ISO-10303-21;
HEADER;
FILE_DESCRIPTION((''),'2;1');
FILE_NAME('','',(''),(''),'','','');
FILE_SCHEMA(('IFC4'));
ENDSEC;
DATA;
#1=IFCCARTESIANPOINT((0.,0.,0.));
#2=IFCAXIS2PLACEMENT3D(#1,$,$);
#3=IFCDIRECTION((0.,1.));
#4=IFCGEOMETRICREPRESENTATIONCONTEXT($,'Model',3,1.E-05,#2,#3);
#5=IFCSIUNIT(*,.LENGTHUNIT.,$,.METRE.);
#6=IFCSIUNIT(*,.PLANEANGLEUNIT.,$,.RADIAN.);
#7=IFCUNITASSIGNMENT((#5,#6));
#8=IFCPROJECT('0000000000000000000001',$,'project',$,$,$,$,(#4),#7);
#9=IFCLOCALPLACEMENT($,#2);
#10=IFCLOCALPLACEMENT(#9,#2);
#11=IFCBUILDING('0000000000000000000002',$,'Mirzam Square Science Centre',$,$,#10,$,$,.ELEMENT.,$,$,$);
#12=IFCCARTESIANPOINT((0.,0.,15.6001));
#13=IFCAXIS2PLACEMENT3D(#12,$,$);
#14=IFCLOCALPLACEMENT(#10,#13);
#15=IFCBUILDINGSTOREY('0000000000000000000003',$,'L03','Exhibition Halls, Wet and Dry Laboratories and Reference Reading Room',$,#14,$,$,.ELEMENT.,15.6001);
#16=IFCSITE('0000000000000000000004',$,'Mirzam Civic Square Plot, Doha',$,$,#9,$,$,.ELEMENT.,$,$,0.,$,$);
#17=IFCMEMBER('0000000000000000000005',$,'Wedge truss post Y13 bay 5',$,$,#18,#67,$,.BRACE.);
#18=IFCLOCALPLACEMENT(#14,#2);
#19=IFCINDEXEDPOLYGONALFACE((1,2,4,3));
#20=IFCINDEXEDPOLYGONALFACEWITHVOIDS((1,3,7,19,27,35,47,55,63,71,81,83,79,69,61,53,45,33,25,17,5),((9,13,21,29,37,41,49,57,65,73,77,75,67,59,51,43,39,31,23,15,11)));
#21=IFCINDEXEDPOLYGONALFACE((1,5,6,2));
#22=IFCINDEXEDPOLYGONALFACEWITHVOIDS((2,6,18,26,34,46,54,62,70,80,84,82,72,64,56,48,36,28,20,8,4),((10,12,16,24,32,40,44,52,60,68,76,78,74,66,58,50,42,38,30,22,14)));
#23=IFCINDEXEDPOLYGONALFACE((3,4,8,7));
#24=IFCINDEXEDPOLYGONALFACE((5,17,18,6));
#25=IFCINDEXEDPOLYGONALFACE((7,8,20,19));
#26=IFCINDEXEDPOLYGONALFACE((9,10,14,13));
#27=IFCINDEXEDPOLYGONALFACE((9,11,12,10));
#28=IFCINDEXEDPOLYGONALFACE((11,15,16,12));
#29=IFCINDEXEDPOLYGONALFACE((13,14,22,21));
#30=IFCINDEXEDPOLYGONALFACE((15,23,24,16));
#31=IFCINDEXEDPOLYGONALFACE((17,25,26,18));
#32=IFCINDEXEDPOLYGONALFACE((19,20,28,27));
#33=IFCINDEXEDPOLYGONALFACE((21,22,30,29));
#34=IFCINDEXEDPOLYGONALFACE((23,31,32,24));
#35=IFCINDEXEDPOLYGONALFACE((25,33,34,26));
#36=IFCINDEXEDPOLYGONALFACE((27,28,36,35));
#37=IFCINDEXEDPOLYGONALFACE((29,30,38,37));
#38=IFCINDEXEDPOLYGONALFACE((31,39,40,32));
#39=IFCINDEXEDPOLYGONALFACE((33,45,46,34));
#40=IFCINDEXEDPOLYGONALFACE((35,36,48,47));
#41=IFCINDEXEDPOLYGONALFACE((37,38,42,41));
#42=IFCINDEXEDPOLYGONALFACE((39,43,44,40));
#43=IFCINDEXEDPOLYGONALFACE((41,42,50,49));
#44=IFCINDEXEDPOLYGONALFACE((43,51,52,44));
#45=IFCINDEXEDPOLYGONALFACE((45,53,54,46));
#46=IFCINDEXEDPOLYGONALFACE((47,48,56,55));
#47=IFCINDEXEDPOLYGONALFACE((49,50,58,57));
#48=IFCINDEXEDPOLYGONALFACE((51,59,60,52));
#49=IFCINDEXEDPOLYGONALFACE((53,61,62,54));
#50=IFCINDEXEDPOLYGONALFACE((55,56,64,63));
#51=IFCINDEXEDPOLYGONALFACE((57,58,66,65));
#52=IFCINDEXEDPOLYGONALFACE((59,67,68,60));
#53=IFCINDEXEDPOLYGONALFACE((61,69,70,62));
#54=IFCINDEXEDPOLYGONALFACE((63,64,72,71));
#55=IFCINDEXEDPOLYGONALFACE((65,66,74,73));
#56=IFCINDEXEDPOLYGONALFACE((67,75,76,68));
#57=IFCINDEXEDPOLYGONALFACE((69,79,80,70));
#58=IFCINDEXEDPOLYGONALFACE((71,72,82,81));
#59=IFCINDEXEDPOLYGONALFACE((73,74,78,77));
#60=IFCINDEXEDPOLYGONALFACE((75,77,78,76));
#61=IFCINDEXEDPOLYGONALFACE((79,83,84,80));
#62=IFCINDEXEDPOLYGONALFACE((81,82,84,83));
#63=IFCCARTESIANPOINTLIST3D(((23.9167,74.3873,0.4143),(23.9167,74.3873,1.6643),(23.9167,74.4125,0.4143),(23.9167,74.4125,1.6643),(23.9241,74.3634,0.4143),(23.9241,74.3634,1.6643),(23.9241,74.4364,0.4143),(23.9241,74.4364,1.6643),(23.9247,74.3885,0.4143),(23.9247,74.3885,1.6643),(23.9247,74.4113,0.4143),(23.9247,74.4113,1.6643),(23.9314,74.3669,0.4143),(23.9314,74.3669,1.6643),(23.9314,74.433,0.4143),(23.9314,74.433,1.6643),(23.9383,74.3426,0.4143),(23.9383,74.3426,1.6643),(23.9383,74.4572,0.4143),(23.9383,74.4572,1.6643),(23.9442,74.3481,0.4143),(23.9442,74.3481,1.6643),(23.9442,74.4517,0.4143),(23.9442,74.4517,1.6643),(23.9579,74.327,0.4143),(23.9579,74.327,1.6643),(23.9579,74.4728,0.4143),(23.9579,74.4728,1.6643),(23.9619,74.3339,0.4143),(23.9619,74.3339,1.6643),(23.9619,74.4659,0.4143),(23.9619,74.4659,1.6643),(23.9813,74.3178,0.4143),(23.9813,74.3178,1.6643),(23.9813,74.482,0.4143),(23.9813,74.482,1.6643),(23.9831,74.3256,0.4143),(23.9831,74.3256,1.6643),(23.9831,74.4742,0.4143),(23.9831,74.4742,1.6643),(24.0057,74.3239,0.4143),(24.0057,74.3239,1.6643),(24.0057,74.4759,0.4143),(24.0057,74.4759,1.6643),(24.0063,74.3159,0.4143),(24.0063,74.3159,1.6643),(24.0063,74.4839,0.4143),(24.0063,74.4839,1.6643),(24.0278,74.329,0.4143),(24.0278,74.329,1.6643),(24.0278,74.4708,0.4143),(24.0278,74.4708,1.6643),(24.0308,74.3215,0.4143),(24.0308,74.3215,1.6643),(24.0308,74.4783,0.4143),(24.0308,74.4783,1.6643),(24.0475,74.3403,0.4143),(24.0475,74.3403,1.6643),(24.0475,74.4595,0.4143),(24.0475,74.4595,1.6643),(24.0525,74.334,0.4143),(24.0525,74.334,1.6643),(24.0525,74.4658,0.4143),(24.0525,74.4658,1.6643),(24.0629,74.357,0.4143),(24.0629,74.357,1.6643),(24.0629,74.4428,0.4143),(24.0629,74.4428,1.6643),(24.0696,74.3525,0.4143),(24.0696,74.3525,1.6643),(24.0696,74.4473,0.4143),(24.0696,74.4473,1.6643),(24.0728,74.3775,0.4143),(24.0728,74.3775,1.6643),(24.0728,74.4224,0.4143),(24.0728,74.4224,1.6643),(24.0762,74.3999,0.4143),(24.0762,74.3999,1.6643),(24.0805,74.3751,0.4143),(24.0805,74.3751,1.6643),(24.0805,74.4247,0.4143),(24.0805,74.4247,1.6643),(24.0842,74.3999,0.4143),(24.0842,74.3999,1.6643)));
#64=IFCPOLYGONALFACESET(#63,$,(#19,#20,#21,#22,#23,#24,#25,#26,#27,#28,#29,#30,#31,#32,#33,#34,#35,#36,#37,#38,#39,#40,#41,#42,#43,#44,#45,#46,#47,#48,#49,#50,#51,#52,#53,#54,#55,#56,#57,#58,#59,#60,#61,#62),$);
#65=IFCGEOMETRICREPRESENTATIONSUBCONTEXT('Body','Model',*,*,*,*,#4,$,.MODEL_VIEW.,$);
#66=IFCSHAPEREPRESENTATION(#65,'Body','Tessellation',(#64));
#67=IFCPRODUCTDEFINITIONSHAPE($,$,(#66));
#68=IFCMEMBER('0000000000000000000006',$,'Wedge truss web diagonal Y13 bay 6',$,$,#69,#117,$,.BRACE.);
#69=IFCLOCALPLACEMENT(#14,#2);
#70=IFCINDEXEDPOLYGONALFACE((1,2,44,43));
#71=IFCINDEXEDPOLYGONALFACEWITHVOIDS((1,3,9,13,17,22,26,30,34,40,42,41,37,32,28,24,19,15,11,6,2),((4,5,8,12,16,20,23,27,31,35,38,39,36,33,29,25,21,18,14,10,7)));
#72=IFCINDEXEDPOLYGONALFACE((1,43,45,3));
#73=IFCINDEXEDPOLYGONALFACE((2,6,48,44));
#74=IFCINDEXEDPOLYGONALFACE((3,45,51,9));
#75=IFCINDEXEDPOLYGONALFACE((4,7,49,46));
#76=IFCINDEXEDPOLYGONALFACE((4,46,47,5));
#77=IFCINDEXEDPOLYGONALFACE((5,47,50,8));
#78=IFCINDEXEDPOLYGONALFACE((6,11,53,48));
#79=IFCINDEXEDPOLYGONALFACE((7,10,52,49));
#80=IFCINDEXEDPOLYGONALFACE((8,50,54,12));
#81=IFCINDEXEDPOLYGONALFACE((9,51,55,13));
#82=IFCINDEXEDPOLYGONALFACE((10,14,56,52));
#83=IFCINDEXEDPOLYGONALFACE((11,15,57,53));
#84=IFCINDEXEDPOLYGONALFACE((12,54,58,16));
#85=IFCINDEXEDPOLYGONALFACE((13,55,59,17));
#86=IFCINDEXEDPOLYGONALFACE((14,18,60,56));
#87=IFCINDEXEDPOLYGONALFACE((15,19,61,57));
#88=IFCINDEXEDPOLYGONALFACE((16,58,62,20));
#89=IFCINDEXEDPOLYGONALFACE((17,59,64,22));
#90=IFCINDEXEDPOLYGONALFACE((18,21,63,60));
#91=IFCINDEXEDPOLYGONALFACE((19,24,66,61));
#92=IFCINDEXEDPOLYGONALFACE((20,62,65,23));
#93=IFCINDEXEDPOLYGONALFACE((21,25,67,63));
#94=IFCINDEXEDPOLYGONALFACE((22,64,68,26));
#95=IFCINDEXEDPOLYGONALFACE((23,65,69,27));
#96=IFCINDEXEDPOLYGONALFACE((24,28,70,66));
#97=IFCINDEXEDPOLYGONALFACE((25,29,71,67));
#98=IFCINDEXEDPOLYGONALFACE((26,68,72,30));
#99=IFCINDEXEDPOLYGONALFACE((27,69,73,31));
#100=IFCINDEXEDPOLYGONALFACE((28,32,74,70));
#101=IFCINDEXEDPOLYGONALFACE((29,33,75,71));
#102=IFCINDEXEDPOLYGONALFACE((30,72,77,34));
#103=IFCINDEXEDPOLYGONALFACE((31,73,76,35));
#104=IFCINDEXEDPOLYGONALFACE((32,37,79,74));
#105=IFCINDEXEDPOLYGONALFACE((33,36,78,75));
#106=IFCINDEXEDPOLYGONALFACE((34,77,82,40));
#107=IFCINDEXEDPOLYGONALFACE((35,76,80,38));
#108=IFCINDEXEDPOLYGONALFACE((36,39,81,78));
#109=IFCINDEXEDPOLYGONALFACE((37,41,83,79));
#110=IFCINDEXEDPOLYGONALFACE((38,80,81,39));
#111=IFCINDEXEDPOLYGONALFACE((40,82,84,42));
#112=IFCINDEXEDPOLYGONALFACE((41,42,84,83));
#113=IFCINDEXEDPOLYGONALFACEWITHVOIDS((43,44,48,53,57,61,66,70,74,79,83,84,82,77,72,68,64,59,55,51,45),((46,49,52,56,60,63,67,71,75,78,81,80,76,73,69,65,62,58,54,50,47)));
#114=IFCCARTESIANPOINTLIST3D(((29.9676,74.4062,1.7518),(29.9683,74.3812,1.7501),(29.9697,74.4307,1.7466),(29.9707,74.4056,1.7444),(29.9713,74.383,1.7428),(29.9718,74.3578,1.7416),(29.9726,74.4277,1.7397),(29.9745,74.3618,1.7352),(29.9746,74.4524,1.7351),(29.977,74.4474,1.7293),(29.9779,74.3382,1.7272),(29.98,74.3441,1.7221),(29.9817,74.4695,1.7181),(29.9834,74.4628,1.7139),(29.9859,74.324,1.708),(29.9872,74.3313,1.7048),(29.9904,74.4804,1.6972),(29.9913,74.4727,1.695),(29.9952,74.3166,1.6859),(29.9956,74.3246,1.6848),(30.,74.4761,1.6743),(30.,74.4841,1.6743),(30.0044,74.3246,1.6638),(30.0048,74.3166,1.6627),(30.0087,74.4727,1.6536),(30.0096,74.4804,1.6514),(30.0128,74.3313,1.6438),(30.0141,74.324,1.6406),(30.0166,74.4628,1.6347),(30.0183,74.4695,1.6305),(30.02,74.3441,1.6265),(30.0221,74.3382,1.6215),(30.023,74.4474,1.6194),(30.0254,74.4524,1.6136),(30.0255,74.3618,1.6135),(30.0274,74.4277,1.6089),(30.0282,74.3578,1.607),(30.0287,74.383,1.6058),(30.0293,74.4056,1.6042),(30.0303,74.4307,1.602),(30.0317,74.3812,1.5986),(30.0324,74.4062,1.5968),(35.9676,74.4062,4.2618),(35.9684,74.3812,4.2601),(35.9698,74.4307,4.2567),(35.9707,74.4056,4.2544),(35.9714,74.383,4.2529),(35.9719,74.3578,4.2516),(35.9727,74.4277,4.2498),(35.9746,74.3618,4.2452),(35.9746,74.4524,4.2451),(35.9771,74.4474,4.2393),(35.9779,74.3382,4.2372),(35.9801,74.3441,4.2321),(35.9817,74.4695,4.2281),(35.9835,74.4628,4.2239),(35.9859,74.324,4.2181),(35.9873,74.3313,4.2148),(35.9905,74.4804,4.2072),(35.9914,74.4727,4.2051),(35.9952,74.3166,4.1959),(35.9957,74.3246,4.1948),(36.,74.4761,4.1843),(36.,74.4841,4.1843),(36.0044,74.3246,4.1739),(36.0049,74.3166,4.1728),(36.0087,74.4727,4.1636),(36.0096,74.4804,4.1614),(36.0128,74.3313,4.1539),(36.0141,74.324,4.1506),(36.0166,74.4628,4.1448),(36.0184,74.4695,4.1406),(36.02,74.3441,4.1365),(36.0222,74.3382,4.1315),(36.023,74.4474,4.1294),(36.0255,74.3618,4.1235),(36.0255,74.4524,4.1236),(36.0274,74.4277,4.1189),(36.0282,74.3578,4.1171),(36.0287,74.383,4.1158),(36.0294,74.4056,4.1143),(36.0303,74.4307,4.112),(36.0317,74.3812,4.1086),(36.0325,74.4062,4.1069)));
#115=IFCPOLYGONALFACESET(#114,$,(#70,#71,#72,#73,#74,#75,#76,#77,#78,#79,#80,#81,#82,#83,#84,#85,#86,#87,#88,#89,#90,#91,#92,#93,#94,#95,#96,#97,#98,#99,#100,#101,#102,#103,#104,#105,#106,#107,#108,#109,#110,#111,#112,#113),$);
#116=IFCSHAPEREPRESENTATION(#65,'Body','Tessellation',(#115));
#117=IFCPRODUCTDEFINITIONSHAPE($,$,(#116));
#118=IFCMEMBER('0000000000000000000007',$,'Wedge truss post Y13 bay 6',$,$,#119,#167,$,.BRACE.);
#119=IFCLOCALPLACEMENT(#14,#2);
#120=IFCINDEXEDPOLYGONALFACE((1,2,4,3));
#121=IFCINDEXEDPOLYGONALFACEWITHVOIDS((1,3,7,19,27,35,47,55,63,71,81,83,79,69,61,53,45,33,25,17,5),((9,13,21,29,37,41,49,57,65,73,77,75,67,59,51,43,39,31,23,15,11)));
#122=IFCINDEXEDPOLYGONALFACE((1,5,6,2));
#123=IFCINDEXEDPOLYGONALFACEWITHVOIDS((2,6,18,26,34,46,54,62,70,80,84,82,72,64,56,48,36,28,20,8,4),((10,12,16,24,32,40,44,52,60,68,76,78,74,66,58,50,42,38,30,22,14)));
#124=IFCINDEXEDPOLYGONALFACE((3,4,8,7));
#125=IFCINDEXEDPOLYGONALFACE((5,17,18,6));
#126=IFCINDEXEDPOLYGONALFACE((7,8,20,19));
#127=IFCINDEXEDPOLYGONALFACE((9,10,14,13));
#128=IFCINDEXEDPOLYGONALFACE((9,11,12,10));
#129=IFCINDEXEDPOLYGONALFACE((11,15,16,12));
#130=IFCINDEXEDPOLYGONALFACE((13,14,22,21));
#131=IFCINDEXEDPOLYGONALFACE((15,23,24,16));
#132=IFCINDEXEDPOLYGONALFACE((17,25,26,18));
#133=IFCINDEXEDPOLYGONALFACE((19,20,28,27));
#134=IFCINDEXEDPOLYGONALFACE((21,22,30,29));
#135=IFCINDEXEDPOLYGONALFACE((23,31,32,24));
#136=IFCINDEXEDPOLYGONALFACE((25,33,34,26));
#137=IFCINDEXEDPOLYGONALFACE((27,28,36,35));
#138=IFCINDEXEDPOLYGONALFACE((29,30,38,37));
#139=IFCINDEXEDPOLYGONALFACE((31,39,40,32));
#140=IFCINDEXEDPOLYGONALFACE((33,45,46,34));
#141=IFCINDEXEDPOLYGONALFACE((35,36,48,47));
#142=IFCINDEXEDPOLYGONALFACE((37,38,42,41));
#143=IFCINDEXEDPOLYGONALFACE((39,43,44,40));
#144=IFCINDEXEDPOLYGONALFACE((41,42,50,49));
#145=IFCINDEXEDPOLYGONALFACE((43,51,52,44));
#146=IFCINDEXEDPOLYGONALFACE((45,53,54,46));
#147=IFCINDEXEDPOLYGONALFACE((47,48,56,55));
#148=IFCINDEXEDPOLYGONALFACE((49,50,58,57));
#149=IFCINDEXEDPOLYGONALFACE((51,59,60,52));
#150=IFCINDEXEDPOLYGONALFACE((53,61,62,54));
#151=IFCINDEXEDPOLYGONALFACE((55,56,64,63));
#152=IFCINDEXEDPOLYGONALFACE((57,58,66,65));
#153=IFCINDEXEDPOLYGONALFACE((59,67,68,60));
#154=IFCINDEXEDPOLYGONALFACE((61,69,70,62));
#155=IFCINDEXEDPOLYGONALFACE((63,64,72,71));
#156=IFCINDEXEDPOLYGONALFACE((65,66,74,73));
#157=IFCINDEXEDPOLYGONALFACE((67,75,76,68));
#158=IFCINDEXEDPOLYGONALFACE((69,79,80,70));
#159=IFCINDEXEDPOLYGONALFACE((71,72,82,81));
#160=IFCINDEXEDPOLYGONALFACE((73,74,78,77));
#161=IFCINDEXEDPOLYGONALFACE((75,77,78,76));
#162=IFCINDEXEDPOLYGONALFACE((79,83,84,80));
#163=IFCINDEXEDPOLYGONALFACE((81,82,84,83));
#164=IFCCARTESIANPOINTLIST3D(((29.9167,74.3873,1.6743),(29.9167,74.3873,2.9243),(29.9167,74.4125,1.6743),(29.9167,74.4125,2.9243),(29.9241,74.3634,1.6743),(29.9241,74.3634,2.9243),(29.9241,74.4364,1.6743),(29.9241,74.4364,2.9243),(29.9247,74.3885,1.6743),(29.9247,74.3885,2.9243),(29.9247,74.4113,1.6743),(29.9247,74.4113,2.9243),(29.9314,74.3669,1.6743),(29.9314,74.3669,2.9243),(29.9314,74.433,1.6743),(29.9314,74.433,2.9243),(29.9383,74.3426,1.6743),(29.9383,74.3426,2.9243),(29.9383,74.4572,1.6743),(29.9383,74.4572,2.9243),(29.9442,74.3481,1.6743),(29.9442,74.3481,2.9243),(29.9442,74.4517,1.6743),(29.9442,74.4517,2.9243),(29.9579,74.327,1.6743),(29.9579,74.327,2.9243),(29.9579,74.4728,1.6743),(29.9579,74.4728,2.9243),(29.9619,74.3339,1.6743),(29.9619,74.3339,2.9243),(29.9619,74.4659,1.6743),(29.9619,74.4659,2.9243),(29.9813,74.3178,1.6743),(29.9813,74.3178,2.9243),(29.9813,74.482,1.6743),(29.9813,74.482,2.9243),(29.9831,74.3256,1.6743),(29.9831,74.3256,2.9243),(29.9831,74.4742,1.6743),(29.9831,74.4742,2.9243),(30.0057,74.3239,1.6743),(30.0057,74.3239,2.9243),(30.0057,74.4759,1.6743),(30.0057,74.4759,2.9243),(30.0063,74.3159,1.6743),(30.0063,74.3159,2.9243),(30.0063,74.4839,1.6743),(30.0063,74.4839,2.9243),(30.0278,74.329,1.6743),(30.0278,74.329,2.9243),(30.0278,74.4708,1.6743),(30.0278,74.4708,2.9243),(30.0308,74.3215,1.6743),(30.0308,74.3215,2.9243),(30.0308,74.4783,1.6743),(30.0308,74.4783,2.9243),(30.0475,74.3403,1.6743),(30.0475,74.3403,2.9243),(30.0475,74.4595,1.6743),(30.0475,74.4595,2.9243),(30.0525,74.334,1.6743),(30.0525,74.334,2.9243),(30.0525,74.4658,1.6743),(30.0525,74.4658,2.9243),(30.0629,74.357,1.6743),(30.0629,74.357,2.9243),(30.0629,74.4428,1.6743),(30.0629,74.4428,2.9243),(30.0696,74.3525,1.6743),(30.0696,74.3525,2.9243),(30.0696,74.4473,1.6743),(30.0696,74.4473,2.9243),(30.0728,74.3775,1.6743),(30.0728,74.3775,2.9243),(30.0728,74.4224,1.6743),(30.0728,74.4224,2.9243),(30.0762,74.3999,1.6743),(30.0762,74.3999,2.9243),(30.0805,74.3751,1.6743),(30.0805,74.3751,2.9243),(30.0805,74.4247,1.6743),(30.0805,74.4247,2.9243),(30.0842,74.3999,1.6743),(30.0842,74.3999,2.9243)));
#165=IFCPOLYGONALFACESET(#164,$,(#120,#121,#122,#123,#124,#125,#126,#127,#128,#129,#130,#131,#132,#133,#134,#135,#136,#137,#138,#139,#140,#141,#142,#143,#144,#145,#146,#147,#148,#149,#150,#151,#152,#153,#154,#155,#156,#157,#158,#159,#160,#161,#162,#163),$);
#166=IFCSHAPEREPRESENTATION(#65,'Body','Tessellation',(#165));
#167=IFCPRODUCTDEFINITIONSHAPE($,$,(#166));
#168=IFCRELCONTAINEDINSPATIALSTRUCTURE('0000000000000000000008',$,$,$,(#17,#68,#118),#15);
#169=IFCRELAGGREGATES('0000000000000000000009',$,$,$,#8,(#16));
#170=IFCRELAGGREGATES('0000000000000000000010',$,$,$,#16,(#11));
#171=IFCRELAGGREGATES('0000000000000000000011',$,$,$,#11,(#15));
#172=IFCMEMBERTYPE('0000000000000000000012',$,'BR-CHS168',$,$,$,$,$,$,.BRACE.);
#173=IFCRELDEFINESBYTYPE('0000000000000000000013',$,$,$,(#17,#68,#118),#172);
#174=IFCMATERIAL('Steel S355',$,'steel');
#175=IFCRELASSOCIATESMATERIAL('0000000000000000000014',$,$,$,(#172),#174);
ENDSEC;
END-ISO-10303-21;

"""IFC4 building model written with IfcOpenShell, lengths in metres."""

from ifc_helpers import new_model, si_unit, direction, frame, origin, origin_2d, place, context, subcontext, project, spatial, hollow_circle, extrude, material, material_profile, profile_set, type_object, element, save


model = new_model("IFC4")

# Units and contexts
model_context = context("Model", 3, precision=1e-05, world=origin(), true_north=direction((0.0, 1.0)))
body_context = subcontext(model_context, "Body", "Model", "MODEL_VIEW")
ifc_project = project(units=[si_unit("LENGTHUNIT", "METRE"), si_unit("PLANEANGLEUNIT", "RADIAN")], contexts=[model_context])

# Site, building, storey
site_placement = place(None, origin())
site = spatial("IfcSite", under=ifc_project, at=site_placement, Name="Mirzam Civic Square Plot, Doha", CompositionType="ELEMENT", RefElevation=0.0)
building_placement = place(site_placement, origin())
building = spatial("IfcBuilding", under=site, at=building_placement, Name="Mirzam Square Science Centre", CompositionType="ELEMENT")
storey_placement = place(building_placement, frame((0.0, 0.0, 15.6001)))
storey = spatial("IfcBuildingStorey", under=building, at=storey_placement, Name="L03", Description="Exhibition Halls, Wet and Dry Laboratories and Reference Reading Room", CompositionType="ELEMENT", Elevation=15.6001)

# Shared definitions
ifc_material_1 = material(Name="Steel S355", Category="steel")

# Members
ifc_material_profile_1 = material_profile(ifc_material_1, hollow_circle(Radius=0.0842, WallThickness=0.0081, at=origin_2d()), Name="168.3x8.0CHS")
ifc_profile_set_1 = profile_set([ifc_material_profile_1], Name="Steel S355")
member_type_1 = type_object("IfcMemberType", Name="BR-CHS168", PredefinedType="BRACE", material=ifc_profile_set_1)
member_1_placement = place(storey_placement, frame((24.0, 74.3999, 0.4143), z_axis=(0.0, 0.0, 1.0), x_axis=(1.0, 0.0, 0.0)))
element("IfcMember", 1, at=member_1_placement, inside=storey, type_object=member_type_1, Name="Wedge truss post Y13 bay 5", PredefinedType="BRACE", context=body_context, shape_type="SweptSolid", body=[
    extrude(hollow_circle(Radius=0.0842, WallThickness=0.0081, at=origin_2d()), origin(), (0.0, 0.0, 1.0), 1.25),
])
member_2_placement = place(storey_placement, frame((30.0, 74.3999, 1.6743), z_axis=(0.92253, 0.0, 0.385926), x_axis=(0.0, 1.0, 0.0)))
element("IfcMember", 2, at=member_2_placement, inside=storey, type_object=member_type_1, Name="Wedge truss web diagonal Y13 bay 6", PredefinedType="BRACE", context=body_context, shape_type="SweptSolid", body=[
    extrude(hollow_circle(Radius=0.0842, WallThickness=0.0081, at=origin_2d()), origin(), (0.0, 0.0, 1.0), 6.5039),
])
member_3_placement = place(storey_placement, frame((30.0, 74.3999, 1.6743), z_axis=(0.0, 0.0, 1.0), x_axis=(1.0, 0.0, 0.0)))
element("IfcMember", 3, at=member_3_placement, inside=storey, type_object=member_type_1, Name="Wedge truss post Y13 bay 6", PredefinedType="BRACE", context=body_context, shape_type="SweptSolid", body=[
    extrude(hollow_circle(Radius=0.0842, WallThickness=0.0081, at=origin_2d()), origin(), (0.0, 0.0, 1.0), 1.25),
])

save(model, "model.ifc")
